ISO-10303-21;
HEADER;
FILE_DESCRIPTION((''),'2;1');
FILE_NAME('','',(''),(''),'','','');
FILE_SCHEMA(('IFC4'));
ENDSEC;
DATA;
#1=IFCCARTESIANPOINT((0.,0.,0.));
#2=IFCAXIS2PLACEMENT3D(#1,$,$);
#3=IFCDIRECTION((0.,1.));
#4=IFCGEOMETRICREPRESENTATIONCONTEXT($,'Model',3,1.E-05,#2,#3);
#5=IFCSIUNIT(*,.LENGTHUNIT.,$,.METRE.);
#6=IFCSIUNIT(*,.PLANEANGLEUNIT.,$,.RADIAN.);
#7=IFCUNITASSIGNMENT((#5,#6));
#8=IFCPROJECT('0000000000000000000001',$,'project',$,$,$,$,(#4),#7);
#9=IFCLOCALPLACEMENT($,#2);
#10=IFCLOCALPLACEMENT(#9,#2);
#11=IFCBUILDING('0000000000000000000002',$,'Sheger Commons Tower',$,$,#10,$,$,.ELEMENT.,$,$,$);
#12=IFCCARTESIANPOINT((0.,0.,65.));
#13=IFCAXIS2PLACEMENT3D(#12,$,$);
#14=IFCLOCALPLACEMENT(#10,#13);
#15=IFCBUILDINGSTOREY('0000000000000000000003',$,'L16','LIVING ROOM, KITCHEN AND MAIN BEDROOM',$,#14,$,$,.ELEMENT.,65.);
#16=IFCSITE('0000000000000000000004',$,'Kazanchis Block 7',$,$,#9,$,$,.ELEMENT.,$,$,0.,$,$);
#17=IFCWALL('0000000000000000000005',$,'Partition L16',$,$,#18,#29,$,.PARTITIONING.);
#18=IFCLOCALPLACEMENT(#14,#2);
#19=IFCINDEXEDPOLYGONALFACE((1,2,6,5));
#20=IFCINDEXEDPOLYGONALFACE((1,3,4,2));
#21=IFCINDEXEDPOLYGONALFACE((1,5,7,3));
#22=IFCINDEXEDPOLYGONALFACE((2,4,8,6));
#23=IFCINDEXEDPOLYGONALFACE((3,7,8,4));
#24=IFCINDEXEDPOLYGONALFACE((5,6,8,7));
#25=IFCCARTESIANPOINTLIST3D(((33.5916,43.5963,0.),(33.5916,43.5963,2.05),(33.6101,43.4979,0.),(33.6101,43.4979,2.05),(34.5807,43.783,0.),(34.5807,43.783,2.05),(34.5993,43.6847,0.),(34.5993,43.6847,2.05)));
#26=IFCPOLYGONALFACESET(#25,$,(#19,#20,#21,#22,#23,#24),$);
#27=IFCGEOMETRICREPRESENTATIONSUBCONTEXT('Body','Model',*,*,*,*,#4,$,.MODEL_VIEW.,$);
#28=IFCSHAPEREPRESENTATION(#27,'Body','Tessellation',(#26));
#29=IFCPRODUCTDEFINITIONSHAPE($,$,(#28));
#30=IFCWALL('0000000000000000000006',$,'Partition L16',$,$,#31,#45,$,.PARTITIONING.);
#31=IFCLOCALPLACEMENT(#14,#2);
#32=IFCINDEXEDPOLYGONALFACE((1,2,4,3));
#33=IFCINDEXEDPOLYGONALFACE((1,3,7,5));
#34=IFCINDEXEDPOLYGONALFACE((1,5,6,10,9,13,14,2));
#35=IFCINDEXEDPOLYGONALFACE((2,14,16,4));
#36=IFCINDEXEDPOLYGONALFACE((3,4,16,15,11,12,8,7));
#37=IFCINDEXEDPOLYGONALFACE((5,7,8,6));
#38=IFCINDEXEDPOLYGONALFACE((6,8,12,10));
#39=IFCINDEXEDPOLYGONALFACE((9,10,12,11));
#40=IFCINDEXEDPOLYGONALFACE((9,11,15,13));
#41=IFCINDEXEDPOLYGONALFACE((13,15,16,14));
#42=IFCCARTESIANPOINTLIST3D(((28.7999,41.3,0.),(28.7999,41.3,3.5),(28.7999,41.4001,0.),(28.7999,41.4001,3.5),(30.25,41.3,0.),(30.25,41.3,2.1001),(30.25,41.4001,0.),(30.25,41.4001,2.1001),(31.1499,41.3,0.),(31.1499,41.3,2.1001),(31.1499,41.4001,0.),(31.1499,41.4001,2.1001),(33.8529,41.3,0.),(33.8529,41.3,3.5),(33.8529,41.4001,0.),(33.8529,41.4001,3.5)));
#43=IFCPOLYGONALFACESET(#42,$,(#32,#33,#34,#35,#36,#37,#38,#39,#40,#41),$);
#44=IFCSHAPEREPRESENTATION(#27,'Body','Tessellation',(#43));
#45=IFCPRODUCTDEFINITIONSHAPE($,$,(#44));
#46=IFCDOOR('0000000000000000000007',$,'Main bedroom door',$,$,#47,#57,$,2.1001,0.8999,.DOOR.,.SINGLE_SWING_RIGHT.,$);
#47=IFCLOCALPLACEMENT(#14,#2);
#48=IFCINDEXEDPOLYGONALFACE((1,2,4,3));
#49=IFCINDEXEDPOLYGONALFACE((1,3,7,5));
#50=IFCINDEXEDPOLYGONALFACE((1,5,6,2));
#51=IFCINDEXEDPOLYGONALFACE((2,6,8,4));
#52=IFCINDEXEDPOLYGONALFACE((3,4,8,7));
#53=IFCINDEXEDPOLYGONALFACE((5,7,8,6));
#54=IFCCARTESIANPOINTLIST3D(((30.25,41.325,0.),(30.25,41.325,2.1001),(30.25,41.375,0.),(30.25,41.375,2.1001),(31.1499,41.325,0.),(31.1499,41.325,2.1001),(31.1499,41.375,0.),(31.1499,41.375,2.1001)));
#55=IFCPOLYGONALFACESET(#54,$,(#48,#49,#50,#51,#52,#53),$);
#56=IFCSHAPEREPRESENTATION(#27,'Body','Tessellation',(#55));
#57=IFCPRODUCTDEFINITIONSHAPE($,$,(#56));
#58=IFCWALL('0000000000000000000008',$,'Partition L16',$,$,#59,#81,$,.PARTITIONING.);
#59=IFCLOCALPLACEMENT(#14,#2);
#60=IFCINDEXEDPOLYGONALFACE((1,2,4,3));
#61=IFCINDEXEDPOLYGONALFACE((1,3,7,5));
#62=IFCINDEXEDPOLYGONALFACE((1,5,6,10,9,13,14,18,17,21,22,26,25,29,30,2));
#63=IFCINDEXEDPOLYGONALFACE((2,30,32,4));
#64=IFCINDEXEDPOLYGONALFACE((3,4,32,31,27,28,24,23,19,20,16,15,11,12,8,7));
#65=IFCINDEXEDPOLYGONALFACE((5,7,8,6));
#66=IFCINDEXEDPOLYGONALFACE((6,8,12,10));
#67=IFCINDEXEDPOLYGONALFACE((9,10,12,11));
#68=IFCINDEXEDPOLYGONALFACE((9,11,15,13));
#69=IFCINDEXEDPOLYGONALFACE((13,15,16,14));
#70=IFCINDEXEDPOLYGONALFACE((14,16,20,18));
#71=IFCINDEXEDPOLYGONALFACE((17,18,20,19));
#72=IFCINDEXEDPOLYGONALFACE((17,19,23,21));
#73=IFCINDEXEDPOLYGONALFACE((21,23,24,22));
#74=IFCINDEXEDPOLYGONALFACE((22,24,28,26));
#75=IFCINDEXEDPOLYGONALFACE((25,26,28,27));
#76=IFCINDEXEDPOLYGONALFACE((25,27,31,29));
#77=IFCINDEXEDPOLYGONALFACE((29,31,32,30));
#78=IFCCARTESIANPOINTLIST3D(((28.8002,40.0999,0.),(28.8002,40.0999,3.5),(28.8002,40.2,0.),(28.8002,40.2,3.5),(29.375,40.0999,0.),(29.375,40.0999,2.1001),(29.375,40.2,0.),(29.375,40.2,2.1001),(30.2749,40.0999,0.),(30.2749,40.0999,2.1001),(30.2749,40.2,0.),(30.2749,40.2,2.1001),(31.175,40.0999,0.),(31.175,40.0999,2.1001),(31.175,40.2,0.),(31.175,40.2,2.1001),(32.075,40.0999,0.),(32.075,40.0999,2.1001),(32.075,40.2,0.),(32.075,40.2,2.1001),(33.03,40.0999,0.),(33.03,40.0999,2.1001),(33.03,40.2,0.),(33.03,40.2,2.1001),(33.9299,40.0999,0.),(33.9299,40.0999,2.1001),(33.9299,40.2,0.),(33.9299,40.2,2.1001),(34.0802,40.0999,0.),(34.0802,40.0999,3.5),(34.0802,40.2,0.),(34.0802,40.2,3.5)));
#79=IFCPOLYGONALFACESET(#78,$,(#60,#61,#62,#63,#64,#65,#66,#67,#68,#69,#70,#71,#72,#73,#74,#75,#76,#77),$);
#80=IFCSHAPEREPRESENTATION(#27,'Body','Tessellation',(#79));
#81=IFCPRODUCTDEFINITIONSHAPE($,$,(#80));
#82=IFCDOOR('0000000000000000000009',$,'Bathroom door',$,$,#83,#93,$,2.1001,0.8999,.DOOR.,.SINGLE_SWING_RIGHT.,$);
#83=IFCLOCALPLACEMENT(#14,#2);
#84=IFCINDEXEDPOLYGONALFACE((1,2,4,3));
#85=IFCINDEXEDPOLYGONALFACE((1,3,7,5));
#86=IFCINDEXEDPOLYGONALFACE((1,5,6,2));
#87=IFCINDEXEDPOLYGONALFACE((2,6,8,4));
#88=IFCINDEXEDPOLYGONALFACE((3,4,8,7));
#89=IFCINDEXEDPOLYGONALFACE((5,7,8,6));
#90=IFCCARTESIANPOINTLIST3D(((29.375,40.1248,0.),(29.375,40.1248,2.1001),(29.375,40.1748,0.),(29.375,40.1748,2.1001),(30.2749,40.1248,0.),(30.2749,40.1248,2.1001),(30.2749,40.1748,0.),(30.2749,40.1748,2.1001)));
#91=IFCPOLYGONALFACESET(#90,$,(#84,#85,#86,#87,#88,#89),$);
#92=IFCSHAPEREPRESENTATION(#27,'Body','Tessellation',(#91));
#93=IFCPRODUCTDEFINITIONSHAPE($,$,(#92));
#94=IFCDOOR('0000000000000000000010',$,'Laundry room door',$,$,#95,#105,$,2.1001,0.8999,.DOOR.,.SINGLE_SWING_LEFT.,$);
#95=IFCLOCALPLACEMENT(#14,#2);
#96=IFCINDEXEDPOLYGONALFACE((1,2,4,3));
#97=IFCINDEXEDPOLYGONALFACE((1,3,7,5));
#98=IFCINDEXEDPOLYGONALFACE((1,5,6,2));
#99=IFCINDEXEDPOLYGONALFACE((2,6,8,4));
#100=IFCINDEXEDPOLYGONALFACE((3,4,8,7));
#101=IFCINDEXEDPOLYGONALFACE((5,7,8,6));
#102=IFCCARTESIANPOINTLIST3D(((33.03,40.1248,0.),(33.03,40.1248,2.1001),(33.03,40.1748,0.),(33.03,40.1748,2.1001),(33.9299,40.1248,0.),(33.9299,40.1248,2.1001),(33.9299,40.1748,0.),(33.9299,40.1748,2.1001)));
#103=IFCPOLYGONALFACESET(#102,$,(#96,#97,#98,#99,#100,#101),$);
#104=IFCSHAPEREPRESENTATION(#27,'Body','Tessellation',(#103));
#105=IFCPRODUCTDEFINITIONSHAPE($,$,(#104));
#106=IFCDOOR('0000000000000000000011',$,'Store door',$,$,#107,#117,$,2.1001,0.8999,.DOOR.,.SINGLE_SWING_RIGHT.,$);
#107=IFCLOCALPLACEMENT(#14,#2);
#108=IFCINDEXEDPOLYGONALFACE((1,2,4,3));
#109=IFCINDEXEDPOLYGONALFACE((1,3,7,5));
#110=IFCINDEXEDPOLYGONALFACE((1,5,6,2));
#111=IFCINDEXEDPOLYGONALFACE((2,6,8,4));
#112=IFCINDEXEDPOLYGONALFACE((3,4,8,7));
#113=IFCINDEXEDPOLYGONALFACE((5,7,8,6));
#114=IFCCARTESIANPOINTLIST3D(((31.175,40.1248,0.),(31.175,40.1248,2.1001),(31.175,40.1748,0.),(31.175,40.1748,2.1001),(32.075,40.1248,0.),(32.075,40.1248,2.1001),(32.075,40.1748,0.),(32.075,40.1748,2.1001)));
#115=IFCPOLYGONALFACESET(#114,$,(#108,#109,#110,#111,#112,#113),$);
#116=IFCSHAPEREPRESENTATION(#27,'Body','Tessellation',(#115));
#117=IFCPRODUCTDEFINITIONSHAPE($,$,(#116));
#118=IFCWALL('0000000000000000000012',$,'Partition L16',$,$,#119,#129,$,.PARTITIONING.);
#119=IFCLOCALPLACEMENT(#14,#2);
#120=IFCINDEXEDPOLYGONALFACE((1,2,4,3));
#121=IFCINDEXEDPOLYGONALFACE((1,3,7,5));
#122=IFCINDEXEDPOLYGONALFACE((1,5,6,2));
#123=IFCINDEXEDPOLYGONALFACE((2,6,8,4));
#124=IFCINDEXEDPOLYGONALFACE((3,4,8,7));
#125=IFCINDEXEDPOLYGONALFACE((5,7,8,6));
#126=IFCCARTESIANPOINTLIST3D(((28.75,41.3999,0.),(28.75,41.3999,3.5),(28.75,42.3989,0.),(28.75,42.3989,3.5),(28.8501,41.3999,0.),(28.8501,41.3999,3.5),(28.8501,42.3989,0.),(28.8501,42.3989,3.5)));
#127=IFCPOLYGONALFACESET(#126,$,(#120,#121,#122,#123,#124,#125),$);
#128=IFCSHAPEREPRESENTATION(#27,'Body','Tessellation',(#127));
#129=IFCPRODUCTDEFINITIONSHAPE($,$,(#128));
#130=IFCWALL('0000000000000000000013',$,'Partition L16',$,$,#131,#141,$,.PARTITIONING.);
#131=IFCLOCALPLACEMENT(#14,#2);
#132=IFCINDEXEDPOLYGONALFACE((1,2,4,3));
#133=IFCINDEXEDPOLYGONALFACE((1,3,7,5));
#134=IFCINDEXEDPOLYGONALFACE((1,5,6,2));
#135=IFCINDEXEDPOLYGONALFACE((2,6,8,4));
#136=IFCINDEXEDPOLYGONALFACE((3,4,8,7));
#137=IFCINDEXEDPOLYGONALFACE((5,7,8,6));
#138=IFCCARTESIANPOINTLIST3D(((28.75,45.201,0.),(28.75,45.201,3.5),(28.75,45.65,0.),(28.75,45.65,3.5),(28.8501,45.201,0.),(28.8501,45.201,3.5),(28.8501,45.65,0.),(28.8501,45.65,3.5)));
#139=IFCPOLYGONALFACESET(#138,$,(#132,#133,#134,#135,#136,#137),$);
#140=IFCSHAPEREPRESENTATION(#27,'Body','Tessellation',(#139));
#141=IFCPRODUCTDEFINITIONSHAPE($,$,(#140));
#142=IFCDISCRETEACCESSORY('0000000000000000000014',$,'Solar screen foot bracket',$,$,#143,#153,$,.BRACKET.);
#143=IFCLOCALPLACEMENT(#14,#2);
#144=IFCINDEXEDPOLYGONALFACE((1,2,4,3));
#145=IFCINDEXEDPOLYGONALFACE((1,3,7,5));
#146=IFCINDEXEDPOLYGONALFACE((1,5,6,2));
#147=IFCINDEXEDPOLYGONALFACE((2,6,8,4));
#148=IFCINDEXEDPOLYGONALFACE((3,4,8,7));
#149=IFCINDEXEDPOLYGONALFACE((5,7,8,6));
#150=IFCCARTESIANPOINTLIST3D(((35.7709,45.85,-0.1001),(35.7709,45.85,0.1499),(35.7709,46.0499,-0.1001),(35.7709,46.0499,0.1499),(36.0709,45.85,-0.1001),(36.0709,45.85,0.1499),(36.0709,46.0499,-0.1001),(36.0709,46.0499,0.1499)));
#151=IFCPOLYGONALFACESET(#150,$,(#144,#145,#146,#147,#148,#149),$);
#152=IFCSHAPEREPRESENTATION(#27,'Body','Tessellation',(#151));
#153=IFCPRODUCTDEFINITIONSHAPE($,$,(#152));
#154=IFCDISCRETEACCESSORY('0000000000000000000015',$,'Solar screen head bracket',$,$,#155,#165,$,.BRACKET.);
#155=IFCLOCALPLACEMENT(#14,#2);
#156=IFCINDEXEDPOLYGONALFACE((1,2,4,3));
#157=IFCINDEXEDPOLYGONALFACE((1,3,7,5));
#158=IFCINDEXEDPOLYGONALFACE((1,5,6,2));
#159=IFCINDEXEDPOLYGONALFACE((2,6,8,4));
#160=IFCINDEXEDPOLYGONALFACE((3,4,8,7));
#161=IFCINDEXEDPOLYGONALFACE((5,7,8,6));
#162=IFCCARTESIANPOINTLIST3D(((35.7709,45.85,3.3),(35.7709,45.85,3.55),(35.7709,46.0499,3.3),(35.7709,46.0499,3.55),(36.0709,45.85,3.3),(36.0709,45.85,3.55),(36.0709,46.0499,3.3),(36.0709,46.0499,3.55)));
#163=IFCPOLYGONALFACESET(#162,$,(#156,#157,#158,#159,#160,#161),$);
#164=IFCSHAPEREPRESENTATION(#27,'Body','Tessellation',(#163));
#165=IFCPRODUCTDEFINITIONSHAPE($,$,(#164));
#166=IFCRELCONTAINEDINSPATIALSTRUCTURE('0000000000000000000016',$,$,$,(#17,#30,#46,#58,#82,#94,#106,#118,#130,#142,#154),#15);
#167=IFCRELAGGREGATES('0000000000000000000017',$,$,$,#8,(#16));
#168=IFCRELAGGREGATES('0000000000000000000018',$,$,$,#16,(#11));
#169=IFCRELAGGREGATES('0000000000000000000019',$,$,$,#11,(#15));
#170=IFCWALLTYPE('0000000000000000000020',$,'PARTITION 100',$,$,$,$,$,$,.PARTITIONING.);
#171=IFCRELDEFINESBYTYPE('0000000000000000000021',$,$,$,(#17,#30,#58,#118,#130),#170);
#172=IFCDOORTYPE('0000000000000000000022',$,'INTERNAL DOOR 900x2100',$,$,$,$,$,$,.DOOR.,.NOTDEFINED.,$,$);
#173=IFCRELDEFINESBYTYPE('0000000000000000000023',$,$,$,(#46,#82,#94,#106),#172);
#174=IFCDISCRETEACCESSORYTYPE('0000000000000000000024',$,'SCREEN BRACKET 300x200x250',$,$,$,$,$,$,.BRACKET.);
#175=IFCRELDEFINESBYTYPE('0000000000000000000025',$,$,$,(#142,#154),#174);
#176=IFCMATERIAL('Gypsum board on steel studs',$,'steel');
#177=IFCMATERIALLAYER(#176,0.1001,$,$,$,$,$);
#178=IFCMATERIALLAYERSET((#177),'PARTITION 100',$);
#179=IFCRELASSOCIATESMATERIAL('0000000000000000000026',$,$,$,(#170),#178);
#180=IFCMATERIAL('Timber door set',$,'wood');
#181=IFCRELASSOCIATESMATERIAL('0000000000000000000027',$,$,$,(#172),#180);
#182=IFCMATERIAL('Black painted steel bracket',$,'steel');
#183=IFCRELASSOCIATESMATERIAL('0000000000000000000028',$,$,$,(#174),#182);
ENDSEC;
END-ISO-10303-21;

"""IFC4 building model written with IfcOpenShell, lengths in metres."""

from ifc_helpers import new_model, si_unit, direction, frame, frame_2d, origin, origin_2d, place, context, subcontext, project, spatial, rectangle, extrude, material, layer, layer_set, type_object, element, fill, save


model = new_model("IFC4")

# Units and contexts
model_context = context("Model", 3, precision=1e-05, world=origin(), true_north=direction((0.0, 1.0)))
body_context = subcontext(model_context, "Body", "Model", "MODEL_VIEW")
ifc_project = project(units=[si_unit("LENGTHUNIT", "METRE"), si_unit("PLANEANGLEUNIT", "RADIAN")], contexts=[model_context])

# Site, building, storey
site_placement = place(None, origin())
site = spatial("IfcSite", under=ifc_project, at=site_placement, Name="Kazanchis Block 7", CompositionType="ELEMENT", RefElevation=0.0)
building_placement = place(site_placement, origin())
building = spatial("IfcBuilding", under=site, at=building_placement, Name="Sheger Commons Tower", CompositionType="ELEMENT")
storey_placement = place(building_placement, frame((0.0, 0.0, 65.0)))
storey = spatial("IfcBuildingStorey", under=building, at=storey_placement, Name="L16", Description="LIVING ROOM, KITCHEN AND MAIN BEDROOM", CompositionType="ELEMENT", Elevation=65.0)

# Wall
ifc_material_1 = material(Name="Gypsum board on steel studs", Category="steel")
ifc_layer_1 = layer(ifc_material_1, 0.1001)
ifc_layer_set_1 = layer_set([ifc_layer_1], Name="PARTITION 100")
wall_type_1 = type_object("IfcWallType", Name="PARTITION 100", PredefinedType="PARTITIONING", material=ifc_layer_set_1)
wall_1_placement = place(storey_placement, frame((34.5901, 43.7339, 0.0), z_axis=(0.0, 0.0, 1.0), x_axis=(-0.982632, -0.185563, 0.0)))
element("IfcWall", 1, at=wall_1_placement, inside=storey, type_object=wall_type_1, Name="Partition L16", PredefinedType="PARTITIONING", context=body_context, shape_type="SweptSolid", body=[
    extrude(rectangle(XDim=1.0066, YDim=0.1001, at=frame_2d((0.5034, 0.0))), origin(), (0.0, 0.0, 1.0), 2.05),
])

# Wall, opening, door
wall_2_placement = place(storey_placement, frame((28.8, 41.3501, 0.0), z_axis=(0.0, 0.0, 1.0), x_axis=(1.0, 0.0, 0.0)))
wall_2 = element("IfcWall", 2, at=wall_2_placement, inside=storey, type_object=wall_type_1, Name="Partition L16", PredefinedType="PARTITIONING", context=body_context, shape_type="SweptSolid", body=[
    extrude(rectangle(XDim=5.053, YDim=0.1001, at=frame_2d((2.5264, 0.0))), origin(), (0.0, 0.0, 1.0), 3.5),
])
opening_1_placement = place(wall_2_placement, frame((1.45, 0.0, 0.0)))
opening_1 = element("IfcOpeningElement", 3, at=opening_1_placement, cuts=wall_2, PredefinedType="OPENING", context=body_context, shape_type="SweptSolid", body=[
    extrude(rectangle(XDim=0.8999, YDim=2.1001, at=frame_2d((0.45, 1.05))), frame((0.0, 0.0601, 0.0), z_axis=(0.0, -1.0, 0.0), x_axis=(1.0, 0.0, 0.0)), (0.0, 0.0, 1.0), 0.1201),
])
ifc_material_2 = material(Name="Timber door set", Category="wood")
door_type_1 = type_object("IfcDoorType", Name="INTERNAL DOOR 900x2100", OperationType="NOTDEFINED", PredefinedType="DOOR", material=ifc_material_2)
door_1_placement = place(opening_1_placement, origin())
door_1 = element("IfcDoor", 4, at=door_1_placement, inside=storey, type_object=door_type_1, Name="Main bedroom door", OperationType="SINGLE_SWING_RIGHT", OverallHeight=2.1001, OverallWidth=0.8999, PredefinedType="DOOR", context=body_context, shape_type="SweptSolid", body=[
    extrude(rectangle(XDim=0.8999, YDim=2.1001, at=frame_2d((0.45, 1.05))), frame((0.0, 0.0249, 0.0), z_axis=(0.0, -1.0, 0.0), x_axis=(1.0, 0.0, 0.0)), (0.0, 0.0, 1.0), 0.05),
])
fill(opening_1, door_1)

# Wall, openings, doors
wall_3_placement = place(storey_placement, frame((28.8, 40.1499, 0.0), z_axis=(0.0, 0.0, 1.0), x_axis=(1.0, 0.0, 0.0)))
wall_3 = element("IfcWall", 5, at=wall_3_placement, inside=storey, type_object=wall_type_1, Name="Partition L16", PredefinedType="PARTITIONING", context=body_context, shape_type="SweptSolid", body=[
    extrude(rectangle(XDim=5.28, YDim=0.1001, at=frame_2d((2.6401, 0.0))), origin(), (0.0, 0.0, 1.0), 3.5),
])
opening_2_placement = place(wall_3_placement, frame((0.575, 0.0, 0.0)))
opening_2 = element("IfcOpeningElement", 6, at=opening_2_placement, cuts=wall_3, PredefinedType="OPENING", context=body_context, shape_type="SweptSolid", body=[
    extrude(rectangle(XDim=0.8999, YDim=2.1001, at=frame_2d((0.45, 1.05))), frame((0.0, 0.0601, 0.0), z_axis=(0.0, -1.0, 0.0), x_axis=(1.0, 0.0, 0.0)), (0.0, 0.0, 1.0), 0.1201),
])
opening_3_placement = place(wall_3_placement, frame((4.23, 0.0, 0.0)))
opening_3 = element("IfcOpeningElement", 7, at=opening_3_placement, cuts=wall_3, PredefinedType="OPENING", context=body_context, shape_type="SweptSolid", body=[
    extrude(rectangle(XDim=0.8999, YDim=2.1001, at=frame_2d((0.45, 1.05))), frame((0.0, 0.0601, 0.0), z_axis=(0.0, -1.0, 0.0), x_axis=(1.0, 0.0, 0.0)), (0.0, 0.0, 1.0), 0.1201),
])
opening_4_placement = place(wall_3_placement, frame((2.375, 0.0, 0.0)))
opening_4 = element("IfcOpeningElement", 8, at=opening_4_placement, cuts=wall_3, PredefinedType="OPENING", context=body_context, shape_type="SweptSolid", body=[
    extrude(rectangle(XDim=0.8999, YDim=2.1001, at=frame_2d((0.45, 1.05))), frame((0.0, 0.0601, 0.0), z_axis=(0.0, -1.0, 0.0), x_axis=(1.0, 0.0, 0.0)), (0.0, 0.0, 1.0), 0.1201),
])
door_2_placement = place(opening_2_placement, origin())
door_2 = element("IfcDoor", 9, at=door_2_placement, inside=storey, type_object=door_type_1, Name="Bathroom door", OperationType="SINGLE_SWING_RIGHT", OverallHeight=2.1001, OverallWidth=0.8999, PredefinedType="DOOR", context=body_context, shape_type="SweptSolid", body=[
    extrude(rectangle(XDim=0.8999, YDim=2.1001, at=frame_2d((0.45, 1.05))), frame((0.0, 0.0249, 0.0), z_axis=(0.0, -1.0, 0.0), x_axis=(1.0, 0.0, 0.0)), (0.0, 0.0, 1.0), 0.05),
])
fill(opening_2, door_2)
door_3_placement = place(opening_3_placement, origin())
door_3 = element("IfcDoor", 10, at=door_3_placement, inside=storey, type_object=door_type_1, Name="Laundry room door", OperationType="SINGLE_SWING_LEFT", OverallHeight=2.1001, OverallWidth=0.8999, PredefinedType="DOOR", context=body_context, shape_type="SweptSolid", body=[
    extrude(rectangle(XDim=0.8999, YDim=2.1001, at=frame_2d((0.45, 1.05))), frame((0.0, 0.0249, 0.0), z_axis=(0.0, -1.0, 0.0), x_axis=(1.0, 0.0, 0.0)), (0.0, 0.0, 1.0), 0.05),
])
fill(opening_3, door_3)
door_4_placement = place(opening_4_placement, origin())
door_4 = element("IfcDoor", 11, at=door_4_placement, inside=storey, type_object=door_type_1, Name="Store door", OperationType="SINGLE_SWING_RIGHT", OverallHeight=2.1001, OverallWidth=0.8999, PredefinedType="DOOR", context=body_context, shape_type="SweptSolid", body=[
    extrude(rectangle(XDim=0.8999, YDim=2.1001, at=frame_2d((0.45, 1.05))), frame((0.0, 0.0249, 0.0), z_axis=(0.0, -1.0, 0.0), x_axis=(1.0, 0.0, 0.0)), (0.0, 0.0, 1.0), 0.05),
])
fill(opening_4, door_4)

# Walls
wall_4_placement = place(storey_placement, frame((28.8, 41.3999, 0.0), z_axis=(0.0, 0.0, 1.0), x_axis=(0.0, 1.0, 0.0)))
element("IfcWall", 12, at=wall_4_placement, inside=storey, type_object=wall_type_1, Name="Partition L16", PredefinedType="PARTITIONING", context=body_context, shape_type="SweptSolid", body=[
    extrude(rectangle(XDim=0.999, YDim=0.1001, at=frame_2d((0.4995, 0.0))), origin(), (0.0, 0.0, 1.0), 3.5),
])
wall_5_placement = place(storey_placement, frame((28.8, 45.2009, 0.0), z_axis=(0.0, 0.0, 1.0), x_axis=(0.0, 1.0, 0.0)))
element("IfcWall", 13, at=wall_5_placement, inside=storey, type_object=wall_type_1, Name="Partition L16", PredefinedType="PARTITIONING", context=body_context, shape_type="SweptSolid", body=[
    extrude(rectangle(XDim=0.449, YDim=0.1001, at=frame_2d((0.2246, 0.0))), origin(), (0.0, 0.0, 1.0), 3.5),
])

# Discrete accessories
ifc_material_3 = material(Name="Black painted steel bracket", Category="steel")
discrete_accessory_type = type_object("IfcDiscreteAccessoryType", Name="SCREEN BRACKET 300x200x250", PredefinedType="BRACKET", material=ifc_material_3)
for number, where, z_axis, x_axis, name in (
    (14, (35.9209, 45.95, -0.1001), (0.0, 0.0, 1.0), (-1.0, 0.0, 0.0), "Solar screen foot bracket"),
    (15, (35.9209, 45.95, 3.3), (0.0, 0.0, 1.0), (-1.0, 0.0, 0.0), "Solar screen head bracket"),
):
    element("IfcDiscreteAccessory", number, at=place(storey_placement, frame(where, z_axis=z_axis, x_axis=x_axis)), inside=storey, type_object=discrete_accessory_type, Name=name, PredefinedType="BRACKET", context=body_context, shape_type="SweptSolid", body=[
        extrude(rectangle(XDim=0.3, YDim=0.2, at=origin_2d()), origin(), (0.0, 0.0, 1.0), 0.25),
    ])

save(model, "model.ifc")
